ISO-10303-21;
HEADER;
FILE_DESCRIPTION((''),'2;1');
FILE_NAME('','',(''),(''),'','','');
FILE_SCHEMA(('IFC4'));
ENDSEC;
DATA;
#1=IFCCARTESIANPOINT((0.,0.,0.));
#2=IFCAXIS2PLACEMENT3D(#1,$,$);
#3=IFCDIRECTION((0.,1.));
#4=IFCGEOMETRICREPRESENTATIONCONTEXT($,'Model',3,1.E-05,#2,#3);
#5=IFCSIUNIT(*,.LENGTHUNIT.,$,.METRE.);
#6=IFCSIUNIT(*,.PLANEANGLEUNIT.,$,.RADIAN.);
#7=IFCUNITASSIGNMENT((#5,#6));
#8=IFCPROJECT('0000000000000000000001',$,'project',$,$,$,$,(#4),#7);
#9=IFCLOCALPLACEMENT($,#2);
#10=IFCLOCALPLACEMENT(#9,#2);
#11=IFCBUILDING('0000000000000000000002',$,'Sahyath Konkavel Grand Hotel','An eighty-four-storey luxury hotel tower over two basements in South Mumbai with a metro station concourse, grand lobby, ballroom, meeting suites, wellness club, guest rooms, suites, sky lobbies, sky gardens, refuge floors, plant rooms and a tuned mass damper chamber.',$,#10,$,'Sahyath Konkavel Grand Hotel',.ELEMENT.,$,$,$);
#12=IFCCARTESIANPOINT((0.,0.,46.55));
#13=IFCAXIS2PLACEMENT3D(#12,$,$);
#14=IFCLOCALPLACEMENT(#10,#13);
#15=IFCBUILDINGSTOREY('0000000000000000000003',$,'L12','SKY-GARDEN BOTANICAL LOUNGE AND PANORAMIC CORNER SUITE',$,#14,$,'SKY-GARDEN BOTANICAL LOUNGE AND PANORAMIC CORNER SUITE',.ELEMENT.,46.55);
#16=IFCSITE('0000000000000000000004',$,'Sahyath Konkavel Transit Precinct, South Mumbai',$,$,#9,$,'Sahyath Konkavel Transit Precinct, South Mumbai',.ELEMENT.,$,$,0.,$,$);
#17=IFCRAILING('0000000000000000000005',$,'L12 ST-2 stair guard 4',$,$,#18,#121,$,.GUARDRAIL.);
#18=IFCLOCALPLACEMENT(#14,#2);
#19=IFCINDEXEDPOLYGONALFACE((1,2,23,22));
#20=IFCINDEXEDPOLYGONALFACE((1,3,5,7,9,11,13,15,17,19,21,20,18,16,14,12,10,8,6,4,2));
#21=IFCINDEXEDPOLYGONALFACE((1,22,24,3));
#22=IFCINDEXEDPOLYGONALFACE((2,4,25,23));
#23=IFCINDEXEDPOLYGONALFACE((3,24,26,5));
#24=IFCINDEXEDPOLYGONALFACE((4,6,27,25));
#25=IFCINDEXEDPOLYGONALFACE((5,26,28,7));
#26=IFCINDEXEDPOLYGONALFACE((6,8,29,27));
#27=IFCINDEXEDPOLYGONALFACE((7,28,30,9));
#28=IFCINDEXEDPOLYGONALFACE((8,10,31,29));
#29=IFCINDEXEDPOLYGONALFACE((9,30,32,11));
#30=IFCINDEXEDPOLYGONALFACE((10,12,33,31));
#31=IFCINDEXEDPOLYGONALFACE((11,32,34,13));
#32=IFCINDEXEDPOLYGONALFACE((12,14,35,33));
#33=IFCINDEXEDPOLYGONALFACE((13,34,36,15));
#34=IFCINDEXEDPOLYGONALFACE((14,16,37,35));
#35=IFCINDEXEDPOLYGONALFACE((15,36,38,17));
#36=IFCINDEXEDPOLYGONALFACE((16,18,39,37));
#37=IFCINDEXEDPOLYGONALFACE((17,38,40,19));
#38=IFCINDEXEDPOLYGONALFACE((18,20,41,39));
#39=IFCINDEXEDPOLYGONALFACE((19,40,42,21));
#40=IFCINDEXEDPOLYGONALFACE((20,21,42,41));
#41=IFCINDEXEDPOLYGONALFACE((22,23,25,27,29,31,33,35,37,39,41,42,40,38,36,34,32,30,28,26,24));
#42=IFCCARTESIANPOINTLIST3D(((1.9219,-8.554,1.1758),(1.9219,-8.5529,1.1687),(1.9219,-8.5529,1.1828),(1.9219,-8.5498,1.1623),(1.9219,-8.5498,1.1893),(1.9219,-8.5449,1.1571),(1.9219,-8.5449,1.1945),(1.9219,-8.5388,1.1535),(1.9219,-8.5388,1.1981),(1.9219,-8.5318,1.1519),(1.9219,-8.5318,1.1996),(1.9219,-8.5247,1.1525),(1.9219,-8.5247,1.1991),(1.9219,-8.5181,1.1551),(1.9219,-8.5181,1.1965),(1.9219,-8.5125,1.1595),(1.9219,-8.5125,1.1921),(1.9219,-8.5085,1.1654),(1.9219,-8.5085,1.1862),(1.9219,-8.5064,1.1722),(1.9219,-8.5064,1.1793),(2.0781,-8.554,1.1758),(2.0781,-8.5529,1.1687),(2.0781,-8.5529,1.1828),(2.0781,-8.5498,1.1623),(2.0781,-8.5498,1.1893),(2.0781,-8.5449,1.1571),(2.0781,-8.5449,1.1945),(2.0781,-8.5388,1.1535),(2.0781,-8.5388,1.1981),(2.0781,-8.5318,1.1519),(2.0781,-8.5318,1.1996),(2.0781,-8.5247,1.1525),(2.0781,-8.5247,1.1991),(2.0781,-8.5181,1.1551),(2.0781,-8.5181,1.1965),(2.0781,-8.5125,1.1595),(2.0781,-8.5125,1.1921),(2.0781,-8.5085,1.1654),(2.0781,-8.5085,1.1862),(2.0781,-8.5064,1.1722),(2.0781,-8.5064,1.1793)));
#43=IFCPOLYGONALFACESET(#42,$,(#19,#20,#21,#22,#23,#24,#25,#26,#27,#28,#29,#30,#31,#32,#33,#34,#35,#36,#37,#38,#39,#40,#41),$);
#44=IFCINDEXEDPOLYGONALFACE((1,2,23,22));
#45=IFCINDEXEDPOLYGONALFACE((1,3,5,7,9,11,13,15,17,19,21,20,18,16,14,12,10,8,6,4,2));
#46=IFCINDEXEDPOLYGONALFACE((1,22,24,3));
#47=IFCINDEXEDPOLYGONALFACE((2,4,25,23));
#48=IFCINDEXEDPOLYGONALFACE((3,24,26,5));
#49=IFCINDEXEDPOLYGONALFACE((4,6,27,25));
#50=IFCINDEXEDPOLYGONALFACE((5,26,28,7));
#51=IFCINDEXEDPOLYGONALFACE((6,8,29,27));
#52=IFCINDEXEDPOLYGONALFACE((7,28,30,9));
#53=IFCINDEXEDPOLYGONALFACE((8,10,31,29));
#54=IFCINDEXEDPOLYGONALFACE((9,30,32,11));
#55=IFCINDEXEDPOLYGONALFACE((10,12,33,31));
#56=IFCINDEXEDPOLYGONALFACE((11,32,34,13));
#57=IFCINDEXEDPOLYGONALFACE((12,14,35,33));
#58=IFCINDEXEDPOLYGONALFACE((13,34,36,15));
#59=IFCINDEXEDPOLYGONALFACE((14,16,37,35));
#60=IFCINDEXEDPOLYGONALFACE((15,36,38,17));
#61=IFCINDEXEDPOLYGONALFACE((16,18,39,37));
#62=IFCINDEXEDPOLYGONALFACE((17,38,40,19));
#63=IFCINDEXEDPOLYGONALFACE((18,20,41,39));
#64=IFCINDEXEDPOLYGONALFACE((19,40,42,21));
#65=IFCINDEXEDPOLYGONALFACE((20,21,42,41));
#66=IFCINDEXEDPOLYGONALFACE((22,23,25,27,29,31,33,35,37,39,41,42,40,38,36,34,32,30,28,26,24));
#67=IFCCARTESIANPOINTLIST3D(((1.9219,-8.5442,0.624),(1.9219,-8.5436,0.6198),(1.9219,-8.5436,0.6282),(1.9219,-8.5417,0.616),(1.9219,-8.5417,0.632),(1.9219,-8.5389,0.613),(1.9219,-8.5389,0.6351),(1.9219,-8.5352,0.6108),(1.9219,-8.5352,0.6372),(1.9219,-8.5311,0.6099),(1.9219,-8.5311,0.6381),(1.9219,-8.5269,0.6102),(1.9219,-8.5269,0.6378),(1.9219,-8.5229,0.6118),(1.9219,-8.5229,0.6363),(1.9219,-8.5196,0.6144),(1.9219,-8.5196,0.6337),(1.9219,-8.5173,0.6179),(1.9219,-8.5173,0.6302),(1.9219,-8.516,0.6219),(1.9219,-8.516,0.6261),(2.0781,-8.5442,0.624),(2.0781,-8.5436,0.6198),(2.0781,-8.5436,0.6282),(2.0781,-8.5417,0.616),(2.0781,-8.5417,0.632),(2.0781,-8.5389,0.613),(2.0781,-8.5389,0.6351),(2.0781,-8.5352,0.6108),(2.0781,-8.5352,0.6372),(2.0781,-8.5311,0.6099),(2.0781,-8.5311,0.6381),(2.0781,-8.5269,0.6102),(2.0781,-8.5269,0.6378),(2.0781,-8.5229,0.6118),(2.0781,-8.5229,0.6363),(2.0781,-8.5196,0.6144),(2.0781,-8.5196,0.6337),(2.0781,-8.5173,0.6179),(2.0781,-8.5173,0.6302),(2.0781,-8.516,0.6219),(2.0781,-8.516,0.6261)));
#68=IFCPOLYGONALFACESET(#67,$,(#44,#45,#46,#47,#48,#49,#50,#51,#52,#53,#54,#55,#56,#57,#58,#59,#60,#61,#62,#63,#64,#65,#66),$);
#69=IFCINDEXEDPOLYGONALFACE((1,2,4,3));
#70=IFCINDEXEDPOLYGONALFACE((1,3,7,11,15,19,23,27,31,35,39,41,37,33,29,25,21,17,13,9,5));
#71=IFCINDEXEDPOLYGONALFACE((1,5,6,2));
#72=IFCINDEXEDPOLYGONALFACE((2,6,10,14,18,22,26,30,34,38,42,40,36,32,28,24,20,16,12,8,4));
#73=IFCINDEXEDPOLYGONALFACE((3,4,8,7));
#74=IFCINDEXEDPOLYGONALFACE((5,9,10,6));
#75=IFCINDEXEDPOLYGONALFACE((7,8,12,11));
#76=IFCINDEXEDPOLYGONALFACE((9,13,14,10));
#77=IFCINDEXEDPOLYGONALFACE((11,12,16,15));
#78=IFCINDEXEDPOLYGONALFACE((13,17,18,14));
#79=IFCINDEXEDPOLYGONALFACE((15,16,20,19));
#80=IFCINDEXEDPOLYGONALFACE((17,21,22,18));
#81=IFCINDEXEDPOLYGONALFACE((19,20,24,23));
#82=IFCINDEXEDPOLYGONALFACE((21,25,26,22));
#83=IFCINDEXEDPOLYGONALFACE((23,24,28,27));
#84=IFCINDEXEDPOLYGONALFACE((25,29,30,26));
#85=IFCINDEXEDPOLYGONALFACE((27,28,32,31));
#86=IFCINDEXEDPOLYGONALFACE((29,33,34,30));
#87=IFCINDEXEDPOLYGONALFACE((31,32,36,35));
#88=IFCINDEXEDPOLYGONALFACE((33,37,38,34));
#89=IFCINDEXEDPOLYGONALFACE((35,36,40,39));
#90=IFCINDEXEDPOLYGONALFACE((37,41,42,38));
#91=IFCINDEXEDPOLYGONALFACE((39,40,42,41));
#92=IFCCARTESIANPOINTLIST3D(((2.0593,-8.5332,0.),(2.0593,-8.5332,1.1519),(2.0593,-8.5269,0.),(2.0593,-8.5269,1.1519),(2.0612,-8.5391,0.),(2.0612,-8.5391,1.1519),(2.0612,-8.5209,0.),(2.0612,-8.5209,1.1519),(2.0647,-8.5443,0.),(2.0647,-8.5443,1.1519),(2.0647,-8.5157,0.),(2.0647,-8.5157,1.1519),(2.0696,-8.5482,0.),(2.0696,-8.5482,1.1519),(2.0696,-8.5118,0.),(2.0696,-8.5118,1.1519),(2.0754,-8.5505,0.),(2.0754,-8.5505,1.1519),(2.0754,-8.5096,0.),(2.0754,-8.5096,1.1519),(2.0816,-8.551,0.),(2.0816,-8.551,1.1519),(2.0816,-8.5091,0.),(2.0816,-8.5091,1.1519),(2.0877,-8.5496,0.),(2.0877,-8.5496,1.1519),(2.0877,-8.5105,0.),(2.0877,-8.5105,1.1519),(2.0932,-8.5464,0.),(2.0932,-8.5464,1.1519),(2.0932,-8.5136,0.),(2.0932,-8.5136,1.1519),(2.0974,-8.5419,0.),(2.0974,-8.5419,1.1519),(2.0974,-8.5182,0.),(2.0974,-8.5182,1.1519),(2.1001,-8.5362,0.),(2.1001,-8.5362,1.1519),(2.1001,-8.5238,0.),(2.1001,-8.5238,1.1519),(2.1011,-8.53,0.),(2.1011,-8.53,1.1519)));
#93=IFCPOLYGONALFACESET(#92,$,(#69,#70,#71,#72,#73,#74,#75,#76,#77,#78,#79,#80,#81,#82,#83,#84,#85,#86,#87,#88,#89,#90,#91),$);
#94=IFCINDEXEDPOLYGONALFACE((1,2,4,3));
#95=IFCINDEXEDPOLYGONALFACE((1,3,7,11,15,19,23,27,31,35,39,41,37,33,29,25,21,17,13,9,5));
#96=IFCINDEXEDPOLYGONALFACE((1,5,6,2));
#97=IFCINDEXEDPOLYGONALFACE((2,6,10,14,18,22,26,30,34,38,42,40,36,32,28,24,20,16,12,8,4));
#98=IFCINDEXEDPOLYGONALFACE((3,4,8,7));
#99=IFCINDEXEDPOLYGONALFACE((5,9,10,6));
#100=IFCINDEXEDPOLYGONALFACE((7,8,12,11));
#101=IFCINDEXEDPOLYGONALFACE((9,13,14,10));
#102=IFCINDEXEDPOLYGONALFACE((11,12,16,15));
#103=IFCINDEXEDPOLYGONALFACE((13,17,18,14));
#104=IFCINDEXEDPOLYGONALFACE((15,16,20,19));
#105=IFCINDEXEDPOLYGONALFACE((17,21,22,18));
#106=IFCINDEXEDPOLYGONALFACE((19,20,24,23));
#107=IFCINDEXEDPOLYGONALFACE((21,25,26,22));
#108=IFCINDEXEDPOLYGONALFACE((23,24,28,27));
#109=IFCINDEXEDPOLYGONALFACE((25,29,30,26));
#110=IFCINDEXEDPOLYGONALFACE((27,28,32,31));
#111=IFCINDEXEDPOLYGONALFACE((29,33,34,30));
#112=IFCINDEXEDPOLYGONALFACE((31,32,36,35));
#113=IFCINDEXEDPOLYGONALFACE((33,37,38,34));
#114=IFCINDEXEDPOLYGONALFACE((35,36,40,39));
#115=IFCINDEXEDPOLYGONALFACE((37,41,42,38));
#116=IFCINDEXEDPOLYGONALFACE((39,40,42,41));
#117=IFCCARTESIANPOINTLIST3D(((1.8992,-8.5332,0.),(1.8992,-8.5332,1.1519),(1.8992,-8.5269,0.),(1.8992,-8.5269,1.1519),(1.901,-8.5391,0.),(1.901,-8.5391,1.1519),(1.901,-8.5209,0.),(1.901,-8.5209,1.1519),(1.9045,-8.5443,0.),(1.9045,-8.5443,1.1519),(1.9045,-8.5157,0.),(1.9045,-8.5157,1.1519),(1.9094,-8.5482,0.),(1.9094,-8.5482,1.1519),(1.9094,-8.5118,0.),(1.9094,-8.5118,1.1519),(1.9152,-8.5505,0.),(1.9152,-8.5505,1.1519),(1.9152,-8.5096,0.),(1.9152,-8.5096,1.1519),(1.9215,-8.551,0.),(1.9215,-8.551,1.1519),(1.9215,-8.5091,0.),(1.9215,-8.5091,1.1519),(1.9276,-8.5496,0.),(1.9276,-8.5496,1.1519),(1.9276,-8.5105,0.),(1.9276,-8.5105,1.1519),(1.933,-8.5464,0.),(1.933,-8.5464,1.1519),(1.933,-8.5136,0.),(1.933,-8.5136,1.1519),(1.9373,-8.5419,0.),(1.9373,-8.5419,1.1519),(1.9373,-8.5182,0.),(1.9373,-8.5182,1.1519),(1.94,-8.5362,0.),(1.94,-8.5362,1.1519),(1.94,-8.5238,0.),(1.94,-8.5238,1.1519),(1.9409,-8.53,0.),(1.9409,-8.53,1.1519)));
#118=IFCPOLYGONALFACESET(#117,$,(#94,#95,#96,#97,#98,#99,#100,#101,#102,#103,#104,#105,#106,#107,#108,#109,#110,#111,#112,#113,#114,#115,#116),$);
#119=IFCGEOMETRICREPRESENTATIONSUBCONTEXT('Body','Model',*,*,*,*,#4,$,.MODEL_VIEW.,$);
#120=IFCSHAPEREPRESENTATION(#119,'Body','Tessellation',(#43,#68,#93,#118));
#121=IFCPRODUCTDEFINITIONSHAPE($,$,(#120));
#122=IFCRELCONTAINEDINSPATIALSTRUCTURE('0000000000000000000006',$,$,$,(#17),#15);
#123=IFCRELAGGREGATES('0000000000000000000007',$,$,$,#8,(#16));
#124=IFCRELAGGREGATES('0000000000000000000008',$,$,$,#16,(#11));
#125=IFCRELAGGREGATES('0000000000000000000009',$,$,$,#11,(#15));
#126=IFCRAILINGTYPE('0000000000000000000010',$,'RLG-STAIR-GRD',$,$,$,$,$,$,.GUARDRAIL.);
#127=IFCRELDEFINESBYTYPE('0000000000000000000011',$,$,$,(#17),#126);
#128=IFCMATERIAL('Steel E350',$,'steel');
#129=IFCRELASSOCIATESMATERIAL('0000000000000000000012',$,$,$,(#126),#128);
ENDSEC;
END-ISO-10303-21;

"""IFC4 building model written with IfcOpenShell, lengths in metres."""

from ifc_helpers import new_model, si_unit, direction, frame, origin, origin_2d, place, context, subcontext, project, spatial, circle, extrude, material, type_object, element, save


model = new_model("IFC4")

# Units and contexts
model_context = context("Model", 3, precision=1e-05, world=origin(), true_north=direction((0.0, 1.0)))
body_context = subcontext(model_context, "Body", "Model", "MODEL_VIEW")
ifc_project = project(units=[si_unit("LENGTHUNIT", "METRE"), si_unit("PLANEANGLEUNIT", "RADIAN")], contexts=[model_context])

# Site, building, storey
site_placement = place(None, origin())
site = spatial("IfcSite", under=ifc_project, at=site_placement, Name="Sahyath Konkavel Transit Precinct, South Mumbai", LongName="Sahyath Konkavel Transit Precinct, South Mumbai", CompositionType="ELEMENT", RefElevation=0.0)
building_placement = place(site_placement, origin())
building = spatial("IfcBuilding", under=site, at=building_placement, Name="Sahyath Konkavel Grand Hotel", Description="An eighty-four-storey luxury hotel tower over two basements in South Mumbai with a metro station concourse, grand lobby, ballroom, meeting suites, wellness club, guest rooms, suites, sky lobbies, sky gardens, refuge floors, plant rooms and a tuned mass damper chamber.", LongName="Sahyath Konkavel Grand Hotel", CompositionType="ELEMENT")
storey_placement = place(building_placement, frame((0.0, 0.0, 46.55)))
storey = spatial("IfcBuildingStorey", under=building, at=storey_placement, Name="L12", Description="SKY-GARDEN BOTANICAL LOUNGE AND PANORAMIC CORNER SUITE", LongName="SKY-GARDEN BOTANICAL LOUNGE AND PANORAMIC CORNER SUITE", CompositionType="ELEMENT", Elevation=46.55)

# Shared definitions
ifc_material_1 = material(Name="Steel E350", Category="steel")

# Railing
railing_type_1 = type_object("IfcRailingType", Name="RLG-STAIR-GRD", PredefinedType="GUARDRAIL", material=ifc_material_1)
railing_1_placement = place(storey_placement, frame((2.0801, -8.53, 0.0)))
element("IfcRailing", 1, at=railing_1_placement, inside=storey, type_object=railing_type_1, Name="L12 ST-2 stair guard 4", PredefinedType="GUARDRAIL", context=body_context, shape_type="SweptSolid", body=[
    extrude(circle(Radius=0.0239, at=origin_2d()), frame((-0.002, 0.0, 1.1758), z_axis=(-1.0, 0.0, 0.0), x_axis=(0.0, -1.0, 0.0)), (0.0, 0.0, 1.0), 0.1562),
    extrude(circle(Radius=0.0142, at=origin_2d()), frame((-0.002, 0.0, 0.624), z_axis=(-1.0, 0.0, 0.0), x_axis=(0.0, -1.0, 0.0)), (0.0, 0.0, 1.0), 0.1562),
    extrude(circle(Radius=0.021, at=origin_2d()), origin(), (0.0, 0.0, 1.0), 1.1519),
    extrude(circle(Radius=0.021, at=origin_2d()), frame((-0.1602, 0.0, 0.0)), (0.0, 0.0, 1.0), 1.1519),
])

save(model, "model.ifc")
